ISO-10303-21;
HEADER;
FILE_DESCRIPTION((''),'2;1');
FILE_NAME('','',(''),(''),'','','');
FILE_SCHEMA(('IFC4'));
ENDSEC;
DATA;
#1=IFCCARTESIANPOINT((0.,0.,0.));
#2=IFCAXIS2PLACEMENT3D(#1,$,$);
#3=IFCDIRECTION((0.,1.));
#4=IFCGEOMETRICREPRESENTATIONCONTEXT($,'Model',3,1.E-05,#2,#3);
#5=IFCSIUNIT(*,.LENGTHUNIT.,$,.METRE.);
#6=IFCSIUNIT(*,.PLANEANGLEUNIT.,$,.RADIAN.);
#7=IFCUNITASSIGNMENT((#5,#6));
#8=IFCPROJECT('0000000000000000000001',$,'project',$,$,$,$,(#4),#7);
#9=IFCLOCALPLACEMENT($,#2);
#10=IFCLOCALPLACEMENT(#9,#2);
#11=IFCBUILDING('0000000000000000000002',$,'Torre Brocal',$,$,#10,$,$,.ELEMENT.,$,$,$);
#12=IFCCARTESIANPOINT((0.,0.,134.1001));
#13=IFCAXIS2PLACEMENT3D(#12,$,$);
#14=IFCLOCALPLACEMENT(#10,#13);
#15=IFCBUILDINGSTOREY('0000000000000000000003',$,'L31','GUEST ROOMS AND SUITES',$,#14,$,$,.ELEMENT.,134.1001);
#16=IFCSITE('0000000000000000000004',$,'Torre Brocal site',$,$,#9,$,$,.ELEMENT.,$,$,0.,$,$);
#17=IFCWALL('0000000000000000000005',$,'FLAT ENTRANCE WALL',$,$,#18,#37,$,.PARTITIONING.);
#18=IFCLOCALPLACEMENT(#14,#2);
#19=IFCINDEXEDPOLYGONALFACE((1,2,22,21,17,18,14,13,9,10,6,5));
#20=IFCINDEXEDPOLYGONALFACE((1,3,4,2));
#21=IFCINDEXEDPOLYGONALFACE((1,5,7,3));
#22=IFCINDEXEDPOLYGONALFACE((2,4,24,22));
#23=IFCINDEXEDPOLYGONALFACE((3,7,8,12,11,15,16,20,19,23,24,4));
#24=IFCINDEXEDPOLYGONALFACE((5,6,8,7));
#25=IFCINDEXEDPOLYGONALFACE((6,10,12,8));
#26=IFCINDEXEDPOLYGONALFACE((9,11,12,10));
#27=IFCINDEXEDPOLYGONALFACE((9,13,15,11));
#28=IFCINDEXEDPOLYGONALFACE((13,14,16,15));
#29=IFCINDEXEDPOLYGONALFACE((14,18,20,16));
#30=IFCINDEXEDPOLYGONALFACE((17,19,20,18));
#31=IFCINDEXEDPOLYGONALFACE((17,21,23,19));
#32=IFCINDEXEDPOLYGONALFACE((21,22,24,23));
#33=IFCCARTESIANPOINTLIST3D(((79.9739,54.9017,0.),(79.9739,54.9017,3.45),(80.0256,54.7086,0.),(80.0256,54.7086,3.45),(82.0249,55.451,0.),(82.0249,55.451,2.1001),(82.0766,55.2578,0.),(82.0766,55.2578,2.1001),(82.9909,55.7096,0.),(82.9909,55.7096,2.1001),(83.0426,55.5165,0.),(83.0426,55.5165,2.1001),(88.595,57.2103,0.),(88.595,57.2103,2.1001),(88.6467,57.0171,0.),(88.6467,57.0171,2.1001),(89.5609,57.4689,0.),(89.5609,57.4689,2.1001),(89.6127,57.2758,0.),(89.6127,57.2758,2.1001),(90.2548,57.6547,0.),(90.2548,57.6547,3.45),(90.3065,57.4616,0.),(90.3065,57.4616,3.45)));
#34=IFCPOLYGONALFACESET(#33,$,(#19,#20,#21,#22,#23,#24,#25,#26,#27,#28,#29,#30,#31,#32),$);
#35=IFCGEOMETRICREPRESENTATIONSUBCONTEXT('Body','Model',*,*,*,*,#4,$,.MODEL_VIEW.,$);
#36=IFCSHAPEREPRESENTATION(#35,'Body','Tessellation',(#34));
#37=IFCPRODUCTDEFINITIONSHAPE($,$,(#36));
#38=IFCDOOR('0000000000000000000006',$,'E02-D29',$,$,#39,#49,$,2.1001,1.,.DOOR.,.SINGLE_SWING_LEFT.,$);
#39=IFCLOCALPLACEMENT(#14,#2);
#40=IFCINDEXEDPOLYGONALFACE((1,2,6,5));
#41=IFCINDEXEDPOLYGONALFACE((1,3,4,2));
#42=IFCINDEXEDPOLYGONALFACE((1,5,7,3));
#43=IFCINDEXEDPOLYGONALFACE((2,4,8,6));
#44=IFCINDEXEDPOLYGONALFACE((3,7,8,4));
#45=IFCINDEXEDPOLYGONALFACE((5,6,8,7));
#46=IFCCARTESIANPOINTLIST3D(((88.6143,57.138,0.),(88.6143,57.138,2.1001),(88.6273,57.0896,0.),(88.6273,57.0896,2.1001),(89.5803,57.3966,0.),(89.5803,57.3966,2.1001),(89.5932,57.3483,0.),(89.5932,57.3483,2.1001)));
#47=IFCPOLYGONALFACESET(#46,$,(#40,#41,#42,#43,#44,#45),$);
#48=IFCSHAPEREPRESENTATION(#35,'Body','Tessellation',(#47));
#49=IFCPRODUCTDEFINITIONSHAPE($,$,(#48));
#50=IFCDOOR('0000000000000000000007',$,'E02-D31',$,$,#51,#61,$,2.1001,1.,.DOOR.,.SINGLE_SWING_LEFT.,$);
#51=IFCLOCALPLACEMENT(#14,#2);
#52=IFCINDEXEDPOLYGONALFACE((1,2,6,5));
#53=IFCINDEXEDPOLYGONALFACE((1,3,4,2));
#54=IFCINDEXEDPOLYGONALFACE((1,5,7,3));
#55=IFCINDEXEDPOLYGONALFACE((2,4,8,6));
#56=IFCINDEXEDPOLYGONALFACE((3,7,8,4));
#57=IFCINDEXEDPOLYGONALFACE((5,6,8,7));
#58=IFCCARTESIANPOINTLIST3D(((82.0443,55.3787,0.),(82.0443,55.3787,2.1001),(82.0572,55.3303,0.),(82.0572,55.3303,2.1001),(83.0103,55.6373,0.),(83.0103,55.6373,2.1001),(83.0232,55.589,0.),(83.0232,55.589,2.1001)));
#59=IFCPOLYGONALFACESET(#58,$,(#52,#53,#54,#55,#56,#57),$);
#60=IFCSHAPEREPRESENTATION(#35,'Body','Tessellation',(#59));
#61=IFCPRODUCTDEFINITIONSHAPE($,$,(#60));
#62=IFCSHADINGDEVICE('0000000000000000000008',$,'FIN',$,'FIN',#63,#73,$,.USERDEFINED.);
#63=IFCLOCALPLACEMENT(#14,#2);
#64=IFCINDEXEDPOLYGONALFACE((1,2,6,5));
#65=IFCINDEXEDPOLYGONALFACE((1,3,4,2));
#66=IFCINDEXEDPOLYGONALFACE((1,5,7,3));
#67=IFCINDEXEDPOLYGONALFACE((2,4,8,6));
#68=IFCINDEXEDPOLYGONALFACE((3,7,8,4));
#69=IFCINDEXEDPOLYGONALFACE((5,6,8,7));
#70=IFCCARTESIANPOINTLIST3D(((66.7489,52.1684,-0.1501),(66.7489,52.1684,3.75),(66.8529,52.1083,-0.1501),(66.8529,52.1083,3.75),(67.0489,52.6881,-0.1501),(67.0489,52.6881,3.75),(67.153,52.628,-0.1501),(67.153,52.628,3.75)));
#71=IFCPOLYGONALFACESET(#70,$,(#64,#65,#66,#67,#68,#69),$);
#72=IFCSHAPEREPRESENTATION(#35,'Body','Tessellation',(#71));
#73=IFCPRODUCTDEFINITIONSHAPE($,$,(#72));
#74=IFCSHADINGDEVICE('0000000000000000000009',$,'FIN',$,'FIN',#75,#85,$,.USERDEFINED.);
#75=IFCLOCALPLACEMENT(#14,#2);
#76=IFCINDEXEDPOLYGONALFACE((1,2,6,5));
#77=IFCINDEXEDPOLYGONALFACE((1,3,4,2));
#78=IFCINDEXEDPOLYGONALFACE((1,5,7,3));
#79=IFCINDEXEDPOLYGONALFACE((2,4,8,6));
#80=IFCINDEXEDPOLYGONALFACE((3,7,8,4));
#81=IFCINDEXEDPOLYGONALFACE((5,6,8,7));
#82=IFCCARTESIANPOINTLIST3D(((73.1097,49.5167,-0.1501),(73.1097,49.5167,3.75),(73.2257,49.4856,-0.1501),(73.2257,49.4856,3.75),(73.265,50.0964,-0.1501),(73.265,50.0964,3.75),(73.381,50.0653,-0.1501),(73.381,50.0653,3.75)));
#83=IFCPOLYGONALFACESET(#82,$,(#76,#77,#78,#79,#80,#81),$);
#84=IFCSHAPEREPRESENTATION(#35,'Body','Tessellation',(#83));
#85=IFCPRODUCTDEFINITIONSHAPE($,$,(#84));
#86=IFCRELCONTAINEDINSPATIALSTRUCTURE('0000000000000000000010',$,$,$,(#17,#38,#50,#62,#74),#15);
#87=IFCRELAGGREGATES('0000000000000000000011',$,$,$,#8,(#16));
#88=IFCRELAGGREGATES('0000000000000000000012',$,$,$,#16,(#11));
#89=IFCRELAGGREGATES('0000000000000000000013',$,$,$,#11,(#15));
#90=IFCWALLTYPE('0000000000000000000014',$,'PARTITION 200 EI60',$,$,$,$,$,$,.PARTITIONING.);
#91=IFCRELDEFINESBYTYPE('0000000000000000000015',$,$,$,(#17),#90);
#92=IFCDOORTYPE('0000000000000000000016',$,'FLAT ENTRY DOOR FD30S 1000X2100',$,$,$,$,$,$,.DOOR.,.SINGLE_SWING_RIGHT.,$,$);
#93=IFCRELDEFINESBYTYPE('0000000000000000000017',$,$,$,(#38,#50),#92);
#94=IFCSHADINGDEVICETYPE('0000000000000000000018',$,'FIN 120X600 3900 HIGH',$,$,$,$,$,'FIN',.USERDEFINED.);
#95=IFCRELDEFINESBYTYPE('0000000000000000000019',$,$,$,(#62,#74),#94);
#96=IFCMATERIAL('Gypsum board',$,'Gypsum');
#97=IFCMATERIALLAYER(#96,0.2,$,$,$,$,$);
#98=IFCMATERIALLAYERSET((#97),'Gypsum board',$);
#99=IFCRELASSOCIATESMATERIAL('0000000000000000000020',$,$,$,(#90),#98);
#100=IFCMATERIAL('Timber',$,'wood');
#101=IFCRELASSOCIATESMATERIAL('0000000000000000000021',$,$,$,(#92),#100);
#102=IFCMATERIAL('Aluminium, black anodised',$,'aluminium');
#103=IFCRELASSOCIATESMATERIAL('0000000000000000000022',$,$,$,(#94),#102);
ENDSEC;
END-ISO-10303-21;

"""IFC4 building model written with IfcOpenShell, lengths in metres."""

from ifc_helpers import new_model, si_unit, direction, frame, frame_2d, origin, origin_2d, place, context, subcontext, project, spatial, rectangle, extrude, material, layer, layer_set, material_profile, profile_set, type_object, element, fill, save


model = new_model("IFC4")

# Units and contexts
model_context = context("Model", 3, precision=1e-05, world=origin(), true_north=direction((0.0, 1.0)))
body_context = subcontext(model_context, "Body", "Model", "MODEL_VIEW")
ifc_project = project(units=[si_unit("LENGTHUNIT", "METRE"), si_unit("PLANEANGLEUNIT", "RADIAN")], contexts=[model_context])

# Site, building, storey
site_placement = place(None, origin())
site = spatial("IfcSite", under=ifc_project, at=site_placement, Name="Torre Brocal site", CompositionType="ELEMENT", RefElevation=0.0)
building_placement = place(site_placement, origin())
building = spatial("IfcBuilding", under=site, at=building_placement, Name="Torre Brocal", CompositionType="ELEMENT")
storey_placement = place(building_placement, frame((0.0, 0.0, 134.1001)))
storey = spatial("IfcBuildingStorey", under=building, at=storey_placement, Name="L31", Description="GUEST ROOMS AND SUITES", CompositionType="ELEMENT", Elevation=134.1001)

# Shared definitions
ifc_material_1 = material(Name="Gypsum board", Category="Gypsum")
ifc_layer_1 = layer(ifc_material_1, 0.2)
ifc_layer_set_1 = layer_set([ifc_layer_1], Name="Gypsum board")
wall_type_1 = type_object("IfcWallType", Name="PARTITION 200 EI60", PredefinedType="PARTITIONING", material=ifc_layer_set_1)
ifc_material_2 = material(Name="Timber", Category="wood")
door_type_1 = type_object("IfcDoorType", Name="FLAT ENTRY DOOR FD30S 1000X2100", OperationType="SINGLE_SWING_RIGHT", PredefinedType="DOOR", material=ifc_material_2)

# Wall, openings, doors
wall_1_placement = place(storey_placement, frame((79.9998, 54.8052, 0.0), z_axis=(0.0, 0.0, 1.0), x_axis=(0.965968, 0.258662, 0.0)))
wall_1 = element("IfcWall", 1, at=wall_1_placement, inside=storey, type_object=wall_type_1, Name="FLAT ENTRANCE WALL", PredefinedType="PARTITIONING", context=body_context, shape_type="SweptSolid", body=[
    extrude(rectangle(XDim=10.6431, YDim=0.2, at=frame_2d((5.3215, 0.0))), origin(), (0.0, 0.0, 1.0), 3.45),
])
opening_1_placement = place(wall_1_placement, frame((8.9248, 0.0, 0.0)))
opening_1 = element("IfcOpeningElement", 2, at=opening_1_placement, cuts=wall_1, PredefinedType="OPENING", context=body_context, shape_type="SweptSolid", body=[
    extrude(rectangle(XDim=1.0, YDim=2.1001, at=frame_2d((0.5, 1.05))), frame((0.0, 0.1099, 0.0), z_axis=(0.0, -1.0, 0.0), x_axis=(1.0, 0.0, 0.0)), (0.0, 0.0, 1.0), 0.22),
])
opening_2_placement = place(wall_1_placement, frame((2.1233, 0.0, 0.0)))
opening_2 = element("IfcOpeningElement", 3, at=opening_2_placement, cuts=wall_1, PredefinedType="OPENING", context=body_context, shape_type="SweptSolid", body=[
    extrude(rectangle(XDim=1.0, YDim=2.1001, at=frame_2d((0.5, 1.05))), frame((0.0, 0.1099, 0.0), z_axis=(0.0, -1.0, 0.0), x_axis=(1.0, 0.0, 0.0)), (0.0, 0.0, 1.0), 0.22),
])
door_1_placement = place(opening_1_placement, frame((1.0, 0.0, 0.0), z_axis=(0.0, 0.0, 1.0), x_axis=(-1.0, 0.0, 0.0)))
door_1 = element("IfcDoor", 4, at=door_1_placement, inside=storey, type_object=door_type_1, Name="E02-D29", OperationType="SINGLE_SWING_LEFT", OverallHeight=2.1001, OverallWidth=1.0, PredefinedType="DOOR", context=body_context, shape_type="SweptSolid", body=[
    extrude(rectangle(XDim=1.0, YDim=2.1001, at=frame_2d((0.5, 1.05))), frame((0.0, 0.0249, 0.0), z_axis=(0.0, -1.0, 0.0), x_axis=(1.0, 0.0, 0.0)), (0.0, 0.0, 1.0), 0.05),
])
fill(opening_1, door_1)
door_2_placement = place(opening_2_placement, frame((1.0, 0.0, 0.0), z_axis=(0.0, 0.0, 1.0), x_axis=(-1.0, 0.0, 0.0)))
door_2 = element("IfcDoor", 5, at=door_2_placement, inside=storey, type_object=door_type_1, Name="E02-D31", OperationType="SINGLE_SWING_LEFT", OverallHeight=2.1001, OverallWidth=1.0, PredefinedType="DOOR", context=body_context, shape_type="SweptSolid", body=[
    extrude(rectangle(XDim=1.0, YDim=2.1001, at=frame_2d((0.5, 1.05))), frame((0.0, 0.0249, 0.0), z_axis=(0.0, -1.0, 0.0), x_axis=(1.0, 0.0, 0.0)), (0.0, 0.0, 1.0), 0.05),
])
fill(opening_2, door_2)

# Shading devices
ifc_material_3 = material(Name="Aluminium, black anodised", Category="aluminium")
ifc_material_profile_1 = material_profile(ifc_material_3, rectangle(XDim=0.1201, YDim=0.6001, at=origin_2d()), Name="FIN 120X600 3900 HIGH")
ifc_profile_set_1 = profile_set([ifc_material_profile_1], Name="Aluminium, black anodised")
shading_device_type = type_object("IfcShadingDeviceType", Name="FIN 120X600 3900 HIGH", ElementType="FIN", PredefinedType="USERDEFINED", material=ifc_profile_set_1)
for number, where, z_axis, x_axis, name in (
    (6, (66.9509, 52.3982, -0.1501), (0.0, 0.0, 1.0), (0.866025, -0.5, 0.0), "FIN"),
    (7, (73.2454, 49.791, -0.1501), (0.0, 0.0, 1.0), (0.965926, -0.258819, 0.0), "FIN"),
):
    element("IfcShadingDevice", number, at=place(storey_placement, frame(where, z_axis=z_axis, x_axis=x_axis)), inside=storey, type_object=shading_device_type, Name=name, ObjectType="FIN", PredefinedType="USERDEFINED", context=body_context, shape_type="SweptSolid", body=[
        extrude(rectangle(XDim=0.1201, YDim=0.6001, at=origin_2d()), origin(), (0.0, 0.0, 1.0), 3.9001),
    ])

save(model, "model.ifc")
